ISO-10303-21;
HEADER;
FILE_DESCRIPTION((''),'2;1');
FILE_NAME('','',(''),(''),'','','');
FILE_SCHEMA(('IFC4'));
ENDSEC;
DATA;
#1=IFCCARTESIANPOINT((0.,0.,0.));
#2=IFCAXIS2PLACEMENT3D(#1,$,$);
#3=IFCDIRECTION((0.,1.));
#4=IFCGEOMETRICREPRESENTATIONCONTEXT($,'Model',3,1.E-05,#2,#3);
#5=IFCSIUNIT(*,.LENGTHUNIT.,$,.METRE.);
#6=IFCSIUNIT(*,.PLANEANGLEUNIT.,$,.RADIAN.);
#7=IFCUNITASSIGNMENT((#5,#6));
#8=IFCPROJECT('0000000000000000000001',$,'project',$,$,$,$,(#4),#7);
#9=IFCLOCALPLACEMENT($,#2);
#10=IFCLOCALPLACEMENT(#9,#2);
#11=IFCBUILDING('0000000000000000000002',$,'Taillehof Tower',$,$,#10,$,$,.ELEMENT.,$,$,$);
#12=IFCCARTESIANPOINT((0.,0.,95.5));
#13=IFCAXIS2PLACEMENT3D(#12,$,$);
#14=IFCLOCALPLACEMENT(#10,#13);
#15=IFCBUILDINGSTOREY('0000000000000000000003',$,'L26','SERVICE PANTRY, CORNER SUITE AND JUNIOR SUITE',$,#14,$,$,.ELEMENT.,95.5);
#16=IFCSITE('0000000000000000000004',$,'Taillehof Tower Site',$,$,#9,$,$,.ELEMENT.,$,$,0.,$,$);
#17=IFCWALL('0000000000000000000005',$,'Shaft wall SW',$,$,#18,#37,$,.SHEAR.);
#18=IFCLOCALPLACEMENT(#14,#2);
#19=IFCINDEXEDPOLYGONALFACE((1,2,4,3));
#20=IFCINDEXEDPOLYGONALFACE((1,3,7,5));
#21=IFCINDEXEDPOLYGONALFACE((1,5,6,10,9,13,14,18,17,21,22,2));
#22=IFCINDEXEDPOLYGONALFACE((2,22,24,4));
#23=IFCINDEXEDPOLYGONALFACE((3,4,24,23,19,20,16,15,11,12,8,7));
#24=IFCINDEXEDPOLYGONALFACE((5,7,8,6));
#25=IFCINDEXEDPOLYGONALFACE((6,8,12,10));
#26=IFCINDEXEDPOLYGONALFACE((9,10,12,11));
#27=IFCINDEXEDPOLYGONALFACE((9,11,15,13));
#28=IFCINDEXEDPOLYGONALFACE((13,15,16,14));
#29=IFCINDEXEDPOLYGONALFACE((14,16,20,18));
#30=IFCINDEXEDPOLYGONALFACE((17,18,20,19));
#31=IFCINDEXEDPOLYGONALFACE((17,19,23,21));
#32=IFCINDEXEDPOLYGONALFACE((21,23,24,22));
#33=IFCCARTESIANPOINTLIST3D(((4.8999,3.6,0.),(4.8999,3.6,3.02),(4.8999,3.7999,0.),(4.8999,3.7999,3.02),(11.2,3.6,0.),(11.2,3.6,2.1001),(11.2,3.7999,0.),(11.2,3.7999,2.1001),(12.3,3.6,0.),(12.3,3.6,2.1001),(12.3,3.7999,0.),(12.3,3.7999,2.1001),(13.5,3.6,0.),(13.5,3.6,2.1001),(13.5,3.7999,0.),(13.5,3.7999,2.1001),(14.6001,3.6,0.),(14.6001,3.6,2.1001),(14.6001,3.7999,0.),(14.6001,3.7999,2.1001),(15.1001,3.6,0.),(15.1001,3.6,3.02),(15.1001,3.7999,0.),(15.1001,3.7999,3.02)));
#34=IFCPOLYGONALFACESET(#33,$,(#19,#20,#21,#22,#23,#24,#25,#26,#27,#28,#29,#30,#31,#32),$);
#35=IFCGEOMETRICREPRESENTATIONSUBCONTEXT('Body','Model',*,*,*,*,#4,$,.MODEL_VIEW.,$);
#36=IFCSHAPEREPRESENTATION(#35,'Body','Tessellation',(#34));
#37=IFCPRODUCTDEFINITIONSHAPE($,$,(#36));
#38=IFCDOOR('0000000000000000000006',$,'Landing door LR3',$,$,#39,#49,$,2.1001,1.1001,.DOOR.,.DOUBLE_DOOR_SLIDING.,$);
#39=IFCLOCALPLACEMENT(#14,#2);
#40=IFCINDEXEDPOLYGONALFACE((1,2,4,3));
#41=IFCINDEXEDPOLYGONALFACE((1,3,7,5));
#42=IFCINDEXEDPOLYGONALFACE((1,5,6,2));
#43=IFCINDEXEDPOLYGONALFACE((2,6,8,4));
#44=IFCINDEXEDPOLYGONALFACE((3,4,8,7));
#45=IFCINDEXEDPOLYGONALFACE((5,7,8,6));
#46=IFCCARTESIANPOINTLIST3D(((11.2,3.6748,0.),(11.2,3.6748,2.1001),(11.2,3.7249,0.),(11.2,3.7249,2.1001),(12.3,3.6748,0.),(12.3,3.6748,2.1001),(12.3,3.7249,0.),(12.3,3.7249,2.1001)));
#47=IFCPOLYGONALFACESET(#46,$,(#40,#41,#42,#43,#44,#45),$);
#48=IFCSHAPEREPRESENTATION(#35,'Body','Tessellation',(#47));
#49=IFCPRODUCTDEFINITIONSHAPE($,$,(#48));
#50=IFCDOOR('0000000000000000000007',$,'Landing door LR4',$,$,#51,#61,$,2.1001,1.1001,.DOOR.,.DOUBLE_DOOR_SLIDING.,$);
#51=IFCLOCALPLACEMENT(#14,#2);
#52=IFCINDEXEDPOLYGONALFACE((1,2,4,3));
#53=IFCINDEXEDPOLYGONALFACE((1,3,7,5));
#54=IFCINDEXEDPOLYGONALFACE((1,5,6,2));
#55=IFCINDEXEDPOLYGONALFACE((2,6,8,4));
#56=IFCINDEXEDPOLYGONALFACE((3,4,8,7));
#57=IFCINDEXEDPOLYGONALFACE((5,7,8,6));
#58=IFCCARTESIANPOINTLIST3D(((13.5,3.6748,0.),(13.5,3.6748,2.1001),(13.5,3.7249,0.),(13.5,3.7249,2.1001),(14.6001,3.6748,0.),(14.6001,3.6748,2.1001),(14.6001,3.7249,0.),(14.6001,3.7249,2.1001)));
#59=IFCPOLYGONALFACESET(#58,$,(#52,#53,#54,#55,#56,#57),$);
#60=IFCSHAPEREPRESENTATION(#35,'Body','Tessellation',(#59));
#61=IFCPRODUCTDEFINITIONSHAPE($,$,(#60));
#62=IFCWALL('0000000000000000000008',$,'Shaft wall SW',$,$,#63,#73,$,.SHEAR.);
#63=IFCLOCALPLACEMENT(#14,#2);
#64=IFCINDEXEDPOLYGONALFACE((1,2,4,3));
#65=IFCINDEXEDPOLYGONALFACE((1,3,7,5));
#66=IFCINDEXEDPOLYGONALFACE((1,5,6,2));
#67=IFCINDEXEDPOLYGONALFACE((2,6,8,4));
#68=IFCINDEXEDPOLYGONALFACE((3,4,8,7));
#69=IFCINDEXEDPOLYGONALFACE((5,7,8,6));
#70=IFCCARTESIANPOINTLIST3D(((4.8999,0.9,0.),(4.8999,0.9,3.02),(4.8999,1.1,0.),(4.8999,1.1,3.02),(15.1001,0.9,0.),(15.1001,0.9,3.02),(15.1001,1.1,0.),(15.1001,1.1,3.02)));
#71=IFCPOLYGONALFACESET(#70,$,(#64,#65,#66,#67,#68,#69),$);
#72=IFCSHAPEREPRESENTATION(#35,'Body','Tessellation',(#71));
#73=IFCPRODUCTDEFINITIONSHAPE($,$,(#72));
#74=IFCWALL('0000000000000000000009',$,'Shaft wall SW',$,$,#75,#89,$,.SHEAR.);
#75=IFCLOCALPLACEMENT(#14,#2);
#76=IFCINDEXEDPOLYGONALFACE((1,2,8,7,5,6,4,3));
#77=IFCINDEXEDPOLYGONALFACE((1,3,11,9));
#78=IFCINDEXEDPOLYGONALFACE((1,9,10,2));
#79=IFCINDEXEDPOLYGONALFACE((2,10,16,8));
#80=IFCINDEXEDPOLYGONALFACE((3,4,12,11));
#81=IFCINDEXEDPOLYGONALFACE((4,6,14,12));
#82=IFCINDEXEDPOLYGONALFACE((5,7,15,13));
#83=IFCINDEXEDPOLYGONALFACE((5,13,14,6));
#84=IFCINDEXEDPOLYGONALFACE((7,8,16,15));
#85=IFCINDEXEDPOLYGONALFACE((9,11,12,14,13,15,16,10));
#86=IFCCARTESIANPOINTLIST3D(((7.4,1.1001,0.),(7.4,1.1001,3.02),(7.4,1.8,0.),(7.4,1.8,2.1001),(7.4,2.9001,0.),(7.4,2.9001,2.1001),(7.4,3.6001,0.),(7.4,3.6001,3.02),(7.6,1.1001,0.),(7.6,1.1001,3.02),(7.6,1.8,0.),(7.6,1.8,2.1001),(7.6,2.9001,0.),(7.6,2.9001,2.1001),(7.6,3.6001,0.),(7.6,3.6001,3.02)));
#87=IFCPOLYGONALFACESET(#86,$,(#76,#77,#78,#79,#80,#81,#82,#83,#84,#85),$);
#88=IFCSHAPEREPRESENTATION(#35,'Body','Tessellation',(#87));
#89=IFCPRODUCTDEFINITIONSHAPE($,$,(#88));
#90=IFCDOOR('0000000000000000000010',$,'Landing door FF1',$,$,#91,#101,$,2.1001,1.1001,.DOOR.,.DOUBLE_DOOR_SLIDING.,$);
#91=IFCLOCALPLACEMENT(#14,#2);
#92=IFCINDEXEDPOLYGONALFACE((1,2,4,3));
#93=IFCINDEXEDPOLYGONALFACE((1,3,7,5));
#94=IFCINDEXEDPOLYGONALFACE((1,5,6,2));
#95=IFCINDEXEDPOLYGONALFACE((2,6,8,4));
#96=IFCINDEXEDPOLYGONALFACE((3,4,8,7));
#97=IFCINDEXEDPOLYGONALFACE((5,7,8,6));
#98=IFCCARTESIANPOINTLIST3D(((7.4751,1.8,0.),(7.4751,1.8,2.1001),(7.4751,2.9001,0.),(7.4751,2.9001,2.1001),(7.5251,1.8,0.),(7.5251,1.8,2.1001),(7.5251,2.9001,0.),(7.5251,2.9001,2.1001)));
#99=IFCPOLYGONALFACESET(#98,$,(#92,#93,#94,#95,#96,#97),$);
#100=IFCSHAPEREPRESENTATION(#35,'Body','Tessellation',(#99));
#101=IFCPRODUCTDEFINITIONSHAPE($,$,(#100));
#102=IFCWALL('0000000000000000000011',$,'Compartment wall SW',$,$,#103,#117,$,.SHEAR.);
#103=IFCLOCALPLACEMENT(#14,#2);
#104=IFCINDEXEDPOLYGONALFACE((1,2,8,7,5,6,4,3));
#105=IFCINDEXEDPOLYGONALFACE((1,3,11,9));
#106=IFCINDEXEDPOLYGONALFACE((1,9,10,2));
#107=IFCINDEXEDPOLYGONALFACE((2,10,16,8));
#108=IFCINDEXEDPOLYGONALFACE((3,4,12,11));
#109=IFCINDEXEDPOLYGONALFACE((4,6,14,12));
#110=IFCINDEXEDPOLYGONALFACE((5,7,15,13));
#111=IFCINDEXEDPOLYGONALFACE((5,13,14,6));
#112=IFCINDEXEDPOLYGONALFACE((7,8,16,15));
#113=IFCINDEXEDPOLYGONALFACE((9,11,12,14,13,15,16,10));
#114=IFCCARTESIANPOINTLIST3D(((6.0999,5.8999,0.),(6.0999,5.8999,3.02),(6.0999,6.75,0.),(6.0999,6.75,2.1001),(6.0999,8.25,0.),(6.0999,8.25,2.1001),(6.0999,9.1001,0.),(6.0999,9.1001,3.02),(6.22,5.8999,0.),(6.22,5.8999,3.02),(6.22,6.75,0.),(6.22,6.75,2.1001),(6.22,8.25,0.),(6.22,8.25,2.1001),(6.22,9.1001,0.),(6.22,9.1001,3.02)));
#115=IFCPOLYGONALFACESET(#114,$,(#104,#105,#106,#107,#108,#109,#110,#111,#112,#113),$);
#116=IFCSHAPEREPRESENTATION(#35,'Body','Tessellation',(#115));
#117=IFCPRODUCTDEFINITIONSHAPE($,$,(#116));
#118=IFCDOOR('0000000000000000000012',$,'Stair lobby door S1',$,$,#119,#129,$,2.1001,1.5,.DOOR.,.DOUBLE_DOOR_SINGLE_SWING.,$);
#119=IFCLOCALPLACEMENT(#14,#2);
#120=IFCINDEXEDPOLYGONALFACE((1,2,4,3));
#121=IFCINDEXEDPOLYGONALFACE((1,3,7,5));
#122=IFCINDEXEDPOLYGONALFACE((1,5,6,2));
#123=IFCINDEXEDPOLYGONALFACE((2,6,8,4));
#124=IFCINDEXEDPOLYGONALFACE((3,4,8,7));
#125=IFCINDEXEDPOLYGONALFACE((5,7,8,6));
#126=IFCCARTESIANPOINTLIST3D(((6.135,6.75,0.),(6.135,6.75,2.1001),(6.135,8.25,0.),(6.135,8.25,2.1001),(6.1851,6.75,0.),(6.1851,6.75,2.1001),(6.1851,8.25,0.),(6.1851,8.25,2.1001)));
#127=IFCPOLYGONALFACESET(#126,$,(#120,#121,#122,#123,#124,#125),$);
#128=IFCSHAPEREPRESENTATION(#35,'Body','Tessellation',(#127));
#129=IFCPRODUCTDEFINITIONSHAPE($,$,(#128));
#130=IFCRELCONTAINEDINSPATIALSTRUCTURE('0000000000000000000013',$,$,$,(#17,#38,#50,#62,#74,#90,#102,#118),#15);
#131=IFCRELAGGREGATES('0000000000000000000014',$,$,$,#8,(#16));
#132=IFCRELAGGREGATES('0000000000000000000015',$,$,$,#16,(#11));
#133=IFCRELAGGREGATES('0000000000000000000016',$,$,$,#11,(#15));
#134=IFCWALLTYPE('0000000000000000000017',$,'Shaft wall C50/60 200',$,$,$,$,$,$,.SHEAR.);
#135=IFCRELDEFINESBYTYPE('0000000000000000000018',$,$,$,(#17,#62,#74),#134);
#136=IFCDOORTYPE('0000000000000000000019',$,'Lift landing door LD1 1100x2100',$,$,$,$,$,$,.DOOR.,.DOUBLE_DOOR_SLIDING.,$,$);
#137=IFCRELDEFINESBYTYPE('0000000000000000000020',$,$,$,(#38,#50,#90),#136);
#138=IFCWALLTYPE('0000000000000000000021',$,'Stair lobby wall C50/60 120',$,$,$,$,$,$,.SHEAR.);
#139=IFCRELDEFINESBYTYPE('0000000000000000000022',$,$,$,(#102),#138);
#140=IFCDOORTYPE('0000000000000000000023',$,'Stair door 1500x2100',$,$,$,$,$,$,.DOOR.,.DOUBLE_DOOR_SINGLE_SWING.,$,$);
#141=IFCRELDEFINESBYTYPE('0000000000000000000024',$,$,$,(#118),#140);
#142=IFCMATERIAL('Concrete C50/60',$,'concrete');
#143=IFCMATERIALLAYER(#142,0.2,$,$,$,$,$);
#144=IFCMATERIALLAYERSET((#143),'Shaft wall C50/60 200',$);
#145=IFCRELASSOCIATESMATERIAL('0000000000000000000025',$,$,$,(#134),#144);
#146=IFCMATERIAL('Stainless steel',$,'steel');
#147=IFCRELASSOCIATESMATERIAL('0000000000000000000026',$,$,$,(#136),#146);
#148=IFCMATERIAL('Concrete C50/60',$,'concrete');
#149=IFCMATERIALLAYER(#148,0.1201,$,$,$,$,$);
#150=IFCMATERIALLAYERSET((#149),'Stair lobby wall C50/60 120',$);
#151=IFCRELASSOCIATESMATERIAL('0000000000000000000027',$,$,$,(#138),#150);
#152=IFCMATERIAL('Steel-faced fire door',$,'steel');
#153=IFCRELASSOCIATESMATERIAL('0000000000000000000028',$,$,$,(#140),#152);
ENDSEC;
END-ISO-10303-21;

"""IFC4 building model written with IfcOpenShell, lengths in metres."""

from ifc_helpers import new_model, si_unit, direction, frame, frame_2d, origin, place, context, subcontext, project, spatial, rectangle, extrude, material, layer, layer_set, type_object, element, fill, save


model = new_model("IFC4")

# Units and contexts
model_context = context("Model", 3, precision=1e-05, world=origin(), true_north=direction((0.0, 1.0)))
body_context = subcontext(model_context, "Body", "Model", "MODEL_VIEW")
ifc_project = project(units=[si_unit("LENGTHUNIT", "METRE"), si_unit("PLANEANGLEUNIT", "RADIAN")], contexts=[model_context])

# Site, building, storey
site_placement = place(None, origin())
site = spatial("IfcSite", under=ifc_project, at=site_placement, Name="Taillehof Tower Site", CompositionType="ELEMENT", RefElevation=0.0)
building_placement = place(site_placement, origin())
building = spatial("IfcBuilding", under=site, at=building_placement, Name="Taillehof Tower", CompositionType="ELEMENT")
storey_placement = place(building_placement, frame((0.0, 0.0, 95.5)))
storey = spatial("IfcBuildingStorey", under=building, at=storey_placement, Name="L26", Description="SERVICE PANTRY, CORNER SUITE AND JUNIOR SUITE", CompositionType="ELEMENT", Elevation=95.5)

# Wall, openings, doors
ifc_material_1 = material(Name="Concrete C50/60", Category="concrete")
ifc_layer_1 = layer(ifc_material_1, 0.2)
ifc_layer_set_1 = layer_set([ifc_layer_1], Name="Shaft wall C50/60 200")
wall_type_1 = type_object("IfcWallType", Name="Shaft wall C50/60 200", PredefinedType="SHEAR", material=ifc_layer_set_1)
ifc_material_2 = material(Name="Stainless steel", Category="steel")
door_type_1 = type_object("IfcDoorType", Name="Lift landing door LD1 1100x2100", OperationType="DOUBLE_DOOR_SLIDING", PredefinedType="DOOR", material=ifc_material_2)
wall_1_placement = place(storey_placement, frame((4.8999, 3.7, 0.0), z_axis=(0.0, 0.0, 1.0), x_axis=(1.0, 0.0, 0.0)))
wall_1 = element("IfcWall", 1, at=wall_1_placement, inside=storey, type_object=wall_type_1, Name="Shaft wall SW", PredefinedType="SHEAR", context=body_context, shape_type="SweptSolid", body=[
    extrude(rectangle(XDim=10.2002, YDim=0.2, at=frame_2d((5.1001, 0.0))), origin(), (0.0, 0.0, 1.0), 3.02),
])
opening_1_placement = place(wall_1_placement, frame((6.3, 0.0, 0.0)))
opening_1 = element("IfcOpeningElement", 2, at=opening_1_placement, cuts=wall_1, PredefinedType="OPENING", context=body_context, shape_type="SweptSolid", body=[
    extrude(rectangle(XDim=1.1001, YDim=2.1001, at=frame_2d((0.55, 1.05))), frame((0.0, 0.1099, 0.0), z_axis=(0.0, -1.0, 0.0), x_axis=(1.0, 0.0, 0.0)), (0.0, 0.0, 1.0), 0.22),
])
opening_2_placement = place(wall_1_placement, frame((8.6001, 0.0, 0.0)))
opening_2 = element("IfcOpeningElement", 3, at=opening_2_placement, cuts=wall_1, PredefinedType="OPENING", context=body_context, shape_type="SweptSolid", body=[
    extrude(rectangle(XDim=1.1001, YDim=2.1001, at=frame_2d((0.55, 1.05))), frame((0.0, 0.1099, 0.0), z_axis=(0.0, -1.0, 0.0), x_axis=(1.0, 0.0, 0.0)), (0.0, 0.0, 1.0), 0.22),
])
door_1_placement = place(opening_1_placement, origin())
door_1 = element("IfcDoor", 4, at=door_1_placement, inside=storey, type_object=door_type_1, Name="Landing door LR3", OperationType="DOUBLE_DOOR_SLIDING", OverallHeight=2.1001, OverallWidth=1.1001, PredefinedType="DOOR", context=body_context, shape_type="SweptSolid", body=[
    extrude(rectangle(XDim=1.1001, YDim=2.1001, at=frame_2d((0.55, 1.05))), frame((0.0, 0.0249, 0.0), z_axis=(0.0, -1.0, 0.0), x_axis=(1.0, 0.0, 0.0)), (0.0, 0.0, 1.0), 0.05),
])
fill(opening_1, door_1)
door_2_placement = place(opening_2_placement, origin())
door_2 = element("IfcDoor", 5, at=door_2_placement, inside=storey, type_object=door_type_1, Name="Landing door LR4", OperationType="DOUBLE_DOOR_SLIDING", OverallHeight=2.1001, OverallWidth=1.1001, PredefinedType="DOOR", context=body_context, shape_type="SweptSolid", body=[
    extrude(rectangle(XDim=1.1001, YDim=2.1001, at=frame_2d((0.55, 1.05))), frame((0.0, 0.0249, 0.0), z_axis=(0.0, -1.0, 0.0), x_axis=(1.0, 0.0, 0.0)), (0.0, 0.0, 1.0), 0.05),
])
fill(opening_2, door_2)

# Wall
wall_2_placement = place(storey_placement, frame((4.8999, 1.0, 0.0), z_axis=(0.0, 0.0, 1.0), x_axis=(1.0, 0.0, 0.0)))
element("IfcWall", 6, at=wall_2_placement, inside=storey, type_object=wall_type_1, Name="Shaft wall SW", PredefinedType="SHEAR", context=body_context, shape_type="SweptSolid", body=[
    extrude(rectangle(XDim=10.2002, YDim=0.2, at=frame_2d((5.1001, 0.0))), origin(), (0.0, 0.0, 1.0), 3.02),
])

# Walls, openings, doors
wall_3_placement = place(storey_placement, frame((7.5, 1.1001, 0.0), z_axis=(0.0, 0.0, 1.0), x_axis=(0.0, 1.0, 0.0)))
wall_3 = element("IfcWall", 7, at=wall_3_placement, inside=storey, type_object=wall_type_1, Name="Shaft wall SW", PredefinedType="SHEAR", context=body_context, shape_type="SweptSolid", body=[
    extrude(rectangle(XDim=2.5, YDim=0.2, at=frame_2d((1.25, 0.0))), origin(), (0.0, 0.0, 1.0), 3.02),
])
opening_3_placement = place(wall_3_placement, frame((0.7, 0.0, 0.0)))
opening_3 = element("IfcOpeningElement", 8, at=opening_3_placement, cuts=wall_3, PredefinedType="OPENING", context=body_context, shape_type="SweptSolid", body=[
    extrude(rectangle(XDim=1.1001, YDim=2.1001, at=frame_2d((0.55, 1.05))), frame((0.0, 0.1099, 0.0), z_axis=(0.0, -1.0, 0.0), x_axis=(1.0, 0.0, 0.0)), (0.0, 0.0, 1.0), 0.22),
])
door_3_placement = place(opening_3_placement, origin())
door_3 = element("IfcDoor", 9, at=door_3_placement, inside=storey, type_object=door_type_1, Name="Landing door FF1", OperationType="DOUBLE_DOOR_SLIDING", OverallHeight=2.1001, OverallWidth=1.1001, PredefinedType="DOOR", context=body_context, shape_type="SweptSolid", body=[
    extrude(rectangle(XDim=1.1001, YDim=2.1001, at=frame_2d((0.55, 1.05))), frame((0.0, 0.0249, 0.0), z_axis=(0.0, -1.0, 0.0), x_axis=(1.0, 0.0, 0.0)), (0.0, 0.0, 1.0), 0.05),
])
fill(opening_3, door_3)
ifc_material_3 = material(Name="Concrete C50/60", Category="concrete")
ifc_layer_2 = layer(ifc_material_3, 0.1201)
ifc_layer_set_2 = layer_set([ifc_layer_2], Name="Stair lobby wall C50/60 120")
wall_type_2 = type_object("IfcWallType", Name="Stair lobby wall C50/60 120", PredefinedType="SHEAR", material=ifc_layer_set_2)
wall_4_placement = place(storey_placement, frame((6.1599, 5.8999, 0.0), z_axis=(0.0, 0.0, 1.0), x_axis=(0.0, 1.0, 0.0)))
wall_4 = element("IfcWall", 10, at=wall_4_placement, inside=storey, type_object=wall_type_2, Name="Compartment wall SW", PredefinedType="SHEAR", context=body_context, shape_type="SweptSolid", body=[
    extrude(rectangle(XDim=3.2002, YDim=0.1201, at=frame_2d((1.6001, 0.0))), origin(), (0.0, 0.0, 1.0), 3.02),
])
opening_4_placement = place(wall_4_placement, frame((0.8501, 0.0, 0.0)))
opening_4 = element("IfcOpeningElement", 11, at=opening_4_placement, cuts=wall_4, PredefinedType="OPENING", context=body_context, shape_type="SweptSolid", body=[
    extrude(rectangle(XDim=1.5, YDim=2.1001, at=frame_2d((0.75, 1.05))), frame((0.0, 0.0701, 0.0), z_axis=(0.0, -1.0, 0.0), x_axis=(1.0, 0.0, 0.0)), (0.0, 0.0, 1.0), 0.1401),
])
ifc_material_4 = material(Name="Steel-faced fire door", Category="steel")
door_type_2 = type_object("IfcDoorType", Name="Stair door 1500x2100", OperationType="DOUBLE_DOOR_SINGLE_SWING", PredefinedType="DOOR", material=ifc_material_4)
door_4_placement = place(opening_4_placement, origin())
door_4 = element("IfcDoor", 12, at=door_4_placement, inside=storey, type_object=door_type_2, Name="Stair lobby door S1", OperationType="DOUBLE_DOOR_SINGLE_SWING", OverallHeight=2.1001, OverallWidth=1.5, PredefinedType="DOOR", context=body_context, shape_type="SweptSolid", body=[
    extrude(rectangle(XDim=1.5, YDim=2.1001, at=frame_2d((0.75, 1.05))), frame((0.0, 0.0249, 0.0), z_axis=(0.0, -1.0, 0.0), x_axis=(1.0, 0.0, 0.0)), (0.0, 0.0, 1.0), 0.05),
])
fill(opening_4, door_4)

save(model, "model.ifc")
